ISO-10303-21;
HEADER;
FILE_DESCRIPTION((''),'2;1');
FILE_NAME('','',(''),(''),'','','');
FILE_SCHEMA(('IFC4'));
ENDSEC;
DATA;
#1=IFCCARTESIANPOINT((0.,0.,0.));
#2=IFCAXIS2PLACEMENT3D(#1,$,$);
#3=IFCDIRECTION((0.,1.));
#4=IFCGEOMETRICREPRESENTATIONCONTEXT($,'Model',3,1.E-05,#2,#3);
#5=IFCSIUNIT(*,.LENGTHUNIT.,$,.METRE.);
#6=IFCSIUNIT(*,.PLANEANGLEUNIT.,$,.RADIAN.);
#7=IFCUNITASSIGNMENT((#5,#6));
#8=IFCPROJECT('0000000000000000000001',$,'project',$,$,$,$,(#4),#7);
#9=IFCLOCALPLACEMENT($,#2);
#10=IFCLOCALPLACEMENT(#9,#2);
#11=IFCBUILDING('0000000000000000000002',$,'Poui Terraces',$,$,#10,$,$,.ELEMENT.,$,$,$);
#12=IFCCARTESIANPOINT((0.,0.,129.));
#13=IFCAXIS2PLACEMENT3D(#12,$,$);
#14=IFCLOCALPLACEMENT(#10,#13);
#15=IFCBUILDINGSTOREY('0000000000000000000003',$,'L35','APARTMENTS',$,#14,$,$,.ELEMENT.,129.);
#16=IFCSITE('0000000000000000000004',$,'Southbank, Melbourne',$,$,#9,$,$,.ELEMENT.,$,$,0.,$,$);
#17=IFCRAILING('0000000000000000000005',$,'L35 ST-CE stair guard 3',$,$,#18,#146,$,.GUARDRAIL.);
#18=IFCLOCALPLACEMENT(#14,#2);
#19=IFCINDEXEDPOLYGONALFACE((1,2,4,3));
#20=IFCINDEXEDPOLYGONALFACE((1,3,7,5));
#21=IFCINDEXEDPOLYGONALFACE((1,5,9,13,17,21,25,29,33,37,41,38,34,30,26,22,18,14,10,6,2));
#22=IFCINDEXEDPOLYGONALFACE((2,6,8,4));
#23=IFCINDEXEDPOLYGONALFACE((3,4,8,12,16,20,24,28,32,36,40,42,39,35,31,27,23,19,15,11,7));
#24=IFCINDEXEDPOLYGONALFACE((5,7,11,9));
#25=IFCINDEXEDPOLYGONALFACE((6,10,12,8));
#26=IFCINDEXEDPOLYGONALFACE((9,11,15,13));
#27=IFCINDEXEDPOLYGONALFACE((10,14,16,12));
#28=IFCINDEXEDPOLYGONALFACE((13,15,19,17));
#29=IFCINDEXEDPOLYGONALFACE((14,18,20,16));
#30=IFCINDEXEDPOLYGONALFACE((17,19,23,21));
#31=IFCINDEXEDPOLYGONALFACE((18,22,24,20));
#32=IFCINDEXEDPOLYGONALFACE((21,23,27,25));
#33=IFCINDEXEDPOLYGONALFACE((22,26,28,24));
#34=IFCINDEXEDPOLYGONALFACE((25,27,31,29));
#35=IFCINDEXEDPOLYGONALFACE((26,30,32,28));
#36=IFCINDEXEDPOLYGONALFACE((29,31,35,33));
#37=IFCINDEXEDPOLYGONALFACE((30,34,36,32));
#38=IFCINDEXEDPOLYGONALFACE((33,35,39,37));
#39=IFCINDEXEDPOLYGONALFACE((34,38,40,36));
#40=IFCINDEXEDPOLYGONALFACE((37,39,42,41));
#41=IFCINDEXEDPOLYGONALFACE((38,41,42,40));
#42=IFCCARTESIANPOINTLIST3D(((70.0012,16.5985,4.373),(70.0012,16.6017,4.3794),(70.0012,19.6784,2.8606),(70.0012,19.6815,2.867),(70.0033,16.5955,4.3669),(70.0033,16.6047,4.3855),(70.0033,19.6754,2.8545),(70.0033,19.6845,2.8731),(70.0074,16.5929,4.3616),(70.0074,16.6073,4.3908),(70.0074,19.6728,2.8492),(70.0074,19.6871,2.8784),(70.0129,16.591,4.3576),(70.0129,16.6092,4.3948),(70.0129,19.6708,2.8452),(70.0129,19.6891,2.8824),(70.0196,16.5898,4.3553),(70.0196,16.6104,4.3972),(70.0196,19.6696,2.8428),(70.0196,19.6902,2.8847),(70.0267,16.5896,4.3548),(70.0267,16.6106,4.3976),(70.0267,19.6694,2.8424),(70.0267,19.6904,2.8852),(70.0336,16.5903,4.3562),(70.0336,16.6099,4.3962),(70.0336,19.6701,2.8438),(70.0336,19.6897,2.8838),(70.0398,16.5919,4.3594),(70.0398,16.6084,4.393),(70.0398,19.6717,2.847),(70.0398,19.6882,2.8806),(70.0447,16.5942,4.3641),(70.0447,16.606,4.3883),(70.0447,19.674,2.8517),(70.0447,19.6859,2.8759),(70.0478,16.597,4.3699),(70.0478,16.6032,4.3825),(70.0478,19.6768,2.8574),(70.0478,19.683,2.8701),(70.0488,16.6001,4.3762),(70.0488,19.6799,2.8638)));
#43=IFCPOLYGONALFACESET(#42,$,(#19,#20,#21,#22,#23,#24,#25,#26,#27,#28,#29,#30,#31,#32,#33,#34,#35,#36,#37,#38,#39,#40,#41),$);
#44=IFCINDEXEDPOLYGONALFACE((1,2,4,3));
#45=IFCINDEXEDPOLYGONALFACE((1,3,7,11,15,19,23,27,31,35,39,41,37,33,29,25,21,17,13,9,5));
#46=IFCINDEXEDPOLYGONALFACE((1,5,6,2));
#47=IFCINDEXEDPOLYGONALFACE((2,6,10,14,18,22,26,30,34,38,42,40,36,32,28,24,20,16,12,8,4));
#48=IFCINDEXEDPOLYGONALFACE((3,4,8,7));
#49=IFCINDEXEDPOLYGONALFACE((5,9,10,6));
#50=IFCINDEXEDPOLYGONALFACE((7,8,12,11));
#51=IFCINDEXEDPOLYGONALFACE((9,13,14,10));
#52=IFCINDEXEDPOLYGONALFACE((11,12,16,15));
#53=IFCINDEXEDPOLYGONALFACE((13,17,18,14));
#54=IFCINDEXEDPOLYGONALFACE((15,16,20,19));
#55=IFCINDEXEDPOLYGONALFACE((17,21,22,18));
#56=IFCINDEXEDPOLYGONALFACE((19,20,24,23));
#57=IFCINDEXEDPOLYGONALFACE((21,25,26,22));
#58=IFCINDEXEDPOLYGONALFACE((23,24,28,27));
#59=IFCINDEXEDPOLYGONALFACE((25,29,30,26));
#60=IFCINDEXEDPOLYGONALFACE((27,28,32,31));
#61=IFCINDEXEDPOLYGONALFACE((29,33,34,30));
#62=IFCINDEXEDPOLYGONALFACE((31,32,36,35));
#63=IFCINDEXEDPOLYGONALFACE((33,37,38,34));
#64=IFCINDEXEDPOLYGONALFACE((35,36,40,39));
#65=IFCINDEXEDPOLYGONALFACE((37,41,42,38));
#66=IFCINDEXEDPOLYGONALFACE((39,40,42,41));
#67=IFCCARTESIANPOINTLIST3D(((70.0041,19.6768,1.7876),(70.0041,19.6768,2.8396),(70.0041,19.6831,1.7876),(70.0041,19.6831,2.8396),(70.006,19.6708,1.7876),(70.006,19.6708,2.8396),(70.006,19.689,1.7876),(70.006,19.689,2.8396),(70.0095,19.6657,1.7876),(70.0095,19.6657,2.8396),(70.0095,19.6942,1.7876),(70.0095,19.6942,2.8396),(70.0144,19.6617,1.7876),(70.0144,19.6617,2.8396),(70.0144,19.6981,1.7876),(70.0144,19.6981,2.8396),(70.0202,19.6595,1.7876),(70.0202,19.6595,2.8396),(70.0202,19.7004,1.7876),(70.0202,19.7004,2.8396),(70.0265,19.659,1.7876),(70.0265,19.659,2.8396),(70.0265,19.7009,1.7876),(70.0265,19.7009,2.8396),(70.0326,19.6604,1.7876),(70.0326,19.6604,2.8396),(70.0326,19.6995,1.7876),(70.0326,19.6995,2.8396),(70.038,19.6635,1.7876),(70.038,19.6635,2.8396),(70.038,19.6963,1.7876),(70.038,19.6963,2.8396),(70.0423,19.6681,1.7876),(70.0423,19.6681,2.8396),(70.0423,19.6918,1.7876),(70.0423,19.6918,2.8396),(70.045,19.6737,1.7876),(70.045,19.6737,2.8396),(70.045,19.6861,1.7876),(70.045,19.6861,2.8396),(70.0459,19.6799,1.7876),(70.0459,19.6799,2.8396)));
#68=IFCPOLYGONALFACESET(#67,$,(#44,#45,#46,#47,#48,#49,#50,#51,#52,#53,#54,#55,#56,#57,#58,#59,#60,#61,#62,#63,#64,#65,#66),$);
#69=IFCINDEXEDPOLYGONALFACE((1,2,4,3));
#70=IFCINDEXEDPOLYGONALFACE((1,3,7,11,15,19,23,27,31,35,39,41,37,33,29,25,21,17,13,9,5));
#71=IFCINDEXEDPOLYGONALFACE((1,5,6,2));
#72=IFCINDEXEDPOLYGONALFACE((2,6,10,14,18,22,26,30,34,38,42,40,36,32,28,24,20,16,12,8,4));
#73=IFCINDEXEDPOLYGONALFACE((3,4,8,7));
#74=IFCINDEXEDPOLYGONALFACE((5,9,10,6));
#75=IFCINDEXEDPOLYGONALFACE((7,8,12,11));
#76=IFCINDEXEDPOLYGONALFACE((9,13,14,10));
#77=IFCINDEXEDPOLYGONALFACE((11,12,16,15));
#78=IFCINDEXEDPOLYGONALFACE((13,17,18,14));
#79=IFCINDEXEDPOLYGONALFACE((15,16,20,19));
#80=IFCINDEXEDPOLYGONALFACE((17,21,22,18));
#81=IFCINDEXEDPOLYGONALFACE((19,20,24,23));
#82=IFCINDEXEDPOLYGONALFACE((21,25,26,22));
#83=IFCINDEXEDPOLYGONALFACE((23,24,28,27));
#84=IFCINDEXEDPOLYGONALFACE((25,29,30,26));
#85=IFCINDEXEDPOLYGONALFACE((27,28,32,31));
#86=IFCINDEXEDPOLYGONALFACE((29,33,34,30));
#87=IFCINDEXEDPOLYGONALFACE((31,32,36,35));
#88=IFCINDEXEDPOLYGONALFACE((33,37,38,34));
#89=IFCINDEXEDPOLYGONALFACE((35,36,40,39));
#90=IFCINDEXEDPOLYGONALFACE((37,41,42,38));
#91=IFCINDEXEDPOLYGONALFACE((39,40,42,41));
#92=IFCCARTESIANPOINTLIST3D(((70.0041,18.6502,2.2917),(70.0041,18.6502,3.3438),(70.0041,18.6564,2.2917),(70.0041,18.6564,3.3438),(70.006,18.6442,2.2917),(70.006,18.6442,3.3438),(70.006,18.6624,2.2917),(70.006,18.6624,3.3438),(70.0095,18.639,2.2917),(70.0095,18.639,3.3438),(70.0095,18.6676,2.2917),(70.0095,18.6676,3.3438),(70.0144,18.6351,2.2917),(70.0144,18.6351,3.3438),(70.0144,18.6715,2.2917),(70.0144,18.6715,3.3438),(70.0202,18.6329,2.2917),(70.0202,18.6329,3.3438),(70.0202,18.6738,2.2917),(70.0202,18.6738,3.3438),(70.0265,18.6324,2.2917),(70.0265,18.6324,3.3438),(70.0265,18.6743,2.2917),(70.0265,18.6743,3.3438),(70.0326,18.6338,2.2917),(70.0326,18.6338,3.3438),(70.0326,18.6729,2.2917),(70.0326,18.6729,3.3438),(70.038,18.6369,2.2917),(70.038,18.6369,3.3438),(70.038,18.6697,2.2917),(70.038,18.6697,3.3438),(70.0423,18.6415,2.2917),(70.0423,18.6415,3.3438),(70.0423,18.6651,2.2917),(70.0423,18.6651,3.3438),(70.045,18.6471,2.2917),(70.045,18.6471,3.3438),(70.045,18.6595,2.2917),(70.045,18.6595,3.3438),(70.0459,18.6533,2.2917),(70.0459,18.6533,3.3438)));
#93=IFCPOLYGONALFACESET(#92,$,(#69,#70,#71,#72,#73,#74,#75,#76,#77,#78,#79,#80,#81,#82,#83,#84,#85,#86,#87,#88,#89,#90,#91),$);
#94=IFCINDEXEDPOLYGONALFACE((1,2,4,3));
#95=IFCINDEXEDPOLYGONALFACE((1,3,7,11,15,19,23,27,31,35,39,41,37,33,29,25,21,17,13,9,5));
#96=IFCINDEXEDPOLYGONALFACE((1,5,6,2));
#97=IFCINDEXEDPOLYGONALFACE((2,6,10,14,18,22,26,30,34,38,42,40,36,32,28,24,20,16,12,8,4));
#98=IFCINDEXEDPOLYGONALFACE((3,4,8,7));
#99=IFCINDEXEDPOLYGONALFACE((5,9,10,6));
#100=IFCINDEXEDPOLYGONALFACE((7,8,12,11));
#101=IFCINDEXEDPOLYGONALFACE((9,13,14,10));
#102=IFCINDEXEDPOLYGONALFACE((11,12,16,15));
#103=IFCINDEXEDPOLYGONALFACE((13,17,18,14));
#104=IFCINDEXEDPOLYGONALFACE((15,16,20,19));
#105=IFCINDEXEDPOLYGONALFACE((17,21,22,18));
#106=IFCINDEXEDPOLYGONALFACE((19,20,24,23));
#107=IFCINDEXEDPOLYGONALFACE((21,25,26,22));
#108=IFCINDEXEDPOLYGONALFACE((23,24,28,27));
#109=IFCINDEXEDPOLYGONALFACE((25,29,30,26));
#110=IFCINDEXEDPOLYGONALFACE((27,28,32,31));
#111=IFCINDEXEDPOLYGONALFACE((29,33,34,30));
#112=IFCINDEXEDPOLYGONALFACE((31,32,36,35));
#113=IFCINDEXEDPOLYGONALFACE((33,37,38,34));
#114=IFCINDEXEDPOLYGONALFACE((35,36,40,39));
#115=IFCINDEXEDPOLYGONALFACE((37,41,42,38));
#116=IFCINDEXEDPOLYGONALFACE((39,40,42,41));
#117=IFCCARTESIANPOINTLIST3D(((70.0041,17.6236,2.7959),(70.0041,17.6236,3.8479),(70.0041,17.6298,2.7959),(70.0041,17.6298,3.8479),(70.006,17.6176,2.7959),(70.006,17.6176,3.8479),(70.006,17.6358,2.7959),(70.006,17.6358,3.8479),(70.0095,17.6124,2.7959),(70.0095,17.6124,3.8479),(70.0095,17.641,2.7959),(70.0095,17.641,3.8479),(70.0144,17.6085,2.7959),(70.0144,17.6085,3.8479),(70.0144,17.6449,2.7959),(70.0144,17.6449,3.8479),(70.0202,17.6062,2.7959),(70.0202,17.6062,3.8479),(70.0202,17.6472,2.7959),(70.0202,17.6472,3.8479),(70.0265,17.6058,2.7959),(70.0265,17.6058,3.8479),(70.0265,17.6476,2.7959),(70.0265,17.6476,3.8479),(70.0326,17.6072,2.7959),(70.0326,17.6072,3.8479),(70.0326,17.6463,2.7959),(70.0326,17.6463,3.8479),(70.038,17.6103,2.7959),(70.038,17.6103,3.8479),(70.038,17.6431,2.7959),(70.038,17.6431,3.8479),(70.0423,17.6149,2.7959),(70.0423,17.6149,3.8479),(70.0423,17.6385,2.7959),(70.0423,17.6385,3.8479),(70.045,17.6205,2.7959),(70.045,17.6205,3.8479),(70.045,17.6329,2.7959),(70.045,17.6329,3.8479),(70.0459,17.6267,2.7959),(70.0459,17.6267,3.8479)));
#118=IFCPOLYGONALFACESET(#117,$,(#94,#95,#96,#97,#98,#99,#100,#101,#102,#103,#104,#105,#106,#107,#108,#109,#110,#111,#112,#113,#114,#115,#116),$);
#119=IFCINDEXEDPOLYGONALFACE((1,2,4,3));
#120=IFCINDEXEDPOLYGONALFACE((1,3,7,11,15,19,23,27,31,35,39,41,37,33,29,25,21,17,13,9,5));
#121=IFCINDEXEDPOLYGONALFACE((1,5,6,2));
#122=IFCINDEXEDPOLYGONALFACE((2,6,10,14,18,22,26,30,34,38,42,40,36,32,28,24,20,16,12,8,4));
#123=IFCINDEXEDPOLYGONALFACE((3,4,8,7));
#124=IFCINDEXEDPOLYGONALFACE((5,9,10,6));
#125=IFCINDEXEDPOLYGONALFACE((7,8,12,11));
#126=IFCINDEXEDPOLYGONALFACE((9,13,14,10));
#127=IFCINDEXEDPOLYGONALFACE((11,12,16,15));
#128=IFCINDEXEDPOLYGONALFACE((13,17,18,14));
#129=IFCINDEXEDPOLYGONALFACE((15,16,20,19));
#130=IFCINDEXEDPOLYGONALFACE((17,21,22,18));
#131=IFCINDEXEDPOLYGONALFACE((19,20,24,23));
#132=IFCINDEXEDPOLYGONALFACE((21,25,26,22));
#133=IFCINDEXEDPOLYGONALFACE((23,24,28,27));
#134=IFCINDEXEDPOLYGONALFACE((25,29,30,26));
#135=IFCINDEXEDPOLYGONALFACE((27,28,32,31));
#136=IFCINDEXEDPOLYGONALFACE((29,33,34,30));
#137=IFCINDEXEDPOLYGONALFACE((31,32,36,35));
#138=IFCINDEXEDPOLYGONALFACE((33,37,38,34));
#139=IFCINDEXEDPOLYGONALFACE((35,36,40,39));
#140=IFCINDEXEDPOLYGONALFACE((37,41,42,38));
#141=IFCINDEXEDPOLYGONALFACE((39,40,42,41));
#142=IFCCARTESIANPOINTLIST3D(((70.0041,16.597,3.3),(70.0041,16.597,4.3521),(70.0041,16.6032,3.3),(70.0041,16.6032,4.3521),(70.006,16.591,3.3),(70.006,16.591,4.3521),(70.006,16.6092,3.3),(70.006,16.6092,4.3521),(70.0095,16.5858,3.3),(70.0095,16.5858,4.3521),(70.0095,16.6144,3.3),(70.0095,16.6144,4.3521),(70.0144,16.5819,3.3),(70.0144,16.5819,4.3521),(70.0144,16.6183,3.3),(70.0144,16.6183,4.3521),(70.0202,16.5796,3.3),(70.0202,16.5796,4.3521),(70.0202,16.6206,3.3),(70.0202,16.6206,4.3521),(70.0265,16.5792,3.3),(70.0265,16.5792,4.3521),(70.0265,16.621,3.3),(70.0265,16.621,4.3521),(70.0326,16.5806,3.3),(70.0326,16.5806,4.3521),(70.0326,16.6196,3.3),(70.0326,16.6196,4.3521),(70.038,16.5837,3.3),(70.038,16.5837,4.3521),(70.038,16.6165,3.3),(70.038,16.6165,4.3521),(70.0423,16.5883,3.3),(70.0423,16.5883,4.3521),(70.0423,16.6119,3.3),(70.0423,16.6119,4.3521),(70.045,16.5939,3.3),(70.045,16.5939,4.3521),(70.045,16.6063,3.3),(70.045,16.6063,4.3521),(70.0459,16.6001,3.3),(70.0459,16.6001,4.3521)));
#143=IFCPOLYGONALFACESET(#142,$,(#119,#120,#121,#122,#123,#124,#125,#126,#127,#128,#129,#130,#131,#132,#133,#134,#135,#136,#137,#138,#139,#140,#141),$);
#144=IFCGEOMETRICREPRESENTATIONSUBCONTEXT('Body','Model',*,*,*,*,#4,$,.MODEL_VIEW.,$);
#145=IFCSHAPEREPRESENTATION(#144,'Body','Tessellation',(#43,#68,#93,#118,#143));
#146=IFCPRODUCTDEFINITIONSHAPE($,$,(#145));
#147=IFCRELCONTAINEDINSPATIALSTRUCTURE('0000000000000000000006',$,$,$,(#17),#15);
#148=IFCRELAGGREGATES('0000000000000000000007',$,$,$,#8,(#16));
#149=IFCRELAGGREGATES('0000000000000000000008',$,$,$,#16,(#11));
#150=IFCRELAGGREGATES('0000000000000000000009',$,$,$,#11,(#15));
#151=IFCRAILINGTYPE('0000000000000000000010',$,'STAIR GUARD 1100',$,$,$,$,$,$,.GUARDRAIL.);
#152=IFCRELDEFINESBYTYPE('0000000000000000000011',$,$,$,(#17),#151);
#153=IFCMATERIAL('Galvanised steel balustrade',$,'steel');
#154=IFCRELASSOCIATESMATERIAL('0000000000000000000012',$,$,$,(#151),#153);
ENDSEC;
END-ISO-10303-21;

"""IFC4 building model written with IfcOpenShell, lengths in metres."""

from ifc_helpers import new_model, si_unit, direction, frame, origin, origin_2d, place, context, subcontext, project, spatial, circle, extrude, material, type_object, element, save


model = new_model("IFC4")

# Units and contexts
model_context = context("Model", 3, precision=1e-05, world=origin(), true_north=direction((0.0, 1.0)))
body_context = subcontext(model_context, "Body", "Model", "MODEL_VIEW")
ifc_project = project(units=[si_unit("LENGTHUNIT", "METRE"), si_unit("PLANEANGLEUNIT", "RADIAN")], contexts=[model_context])

# Site, building, storey
site_placement = place(None, origin())
site = spatial("IfcSite", under=ifc_project, at=site_placement, Name="Southbank, Melbourne", CompositionType="ELEMENT", RefElevation=0.0)
building_placement = place(site_placement, origin())
building = spatial("IfcBuilding", under=site, at=building_placement, Name="Poui Terraces", CompositionType="ELEMENT")
storey_placement = place(building_placement, frame((0.0, 0.0, 129.0)))
storey = spatial("IfcBuildingStorey", under=building, at=storey_placement, Name="L35", Description="APARTMENTS", CompositionType="ELEMENT", Elevation=129.0)

# Railing
ifc_material_1 = material(Name="Galvanised steel balustrade", Category="steel")
railing_type_1 = type_object("IfcRailingType", Name="STAIR GUARD 1100", PredefinedType="GUARDRAIL", material=ifc_material_1)
railing_1_placement = place(storey_placement, frame((70.0249, 19.6799, 1.7876)))
element("IfcRailing", 1, at=railing_1_placement, inside=storey, type_object=railing_type_1, Name="L35 ST-CE stair guard 3", PredefinedType="GUARDRAIL", context=body_context, shape_type="SweptSolid", body=[
    extrude(circle(Radius=0.0239, at=origin_2d()), frame((0.0, 0.0, 1.0762), z_axis=(0.0, -0.897606, 0.440798), x_axis=(1.0, 0.0, 0.0)), (0.0, 0.0, 1.0), 3.4312),
    extrude(circle(Radius=0.021, at=origin_2d()), origin(), (0.0, 0.0, 1.0), 1.052),
    extrude(circle(Radius=0.021, at=origin_2d()), frame((0.0, -1.0266, 0.5042)), (0.0, 0.0, 1.0), 1.052),
    extrude(circle(Radius=0.021, at=origin_2d()), frame((0.0, -2.0532, 1.0083)), (0.0, 0.0, 1.0), 1.052),
    extrude(circle(Radius=0.021, at=origin_2d()), frame((0.0, -3.0798, 1.5125)), (0.0, 0.0, 1.0), 1.052),
])

save(model, "model.ifc")
